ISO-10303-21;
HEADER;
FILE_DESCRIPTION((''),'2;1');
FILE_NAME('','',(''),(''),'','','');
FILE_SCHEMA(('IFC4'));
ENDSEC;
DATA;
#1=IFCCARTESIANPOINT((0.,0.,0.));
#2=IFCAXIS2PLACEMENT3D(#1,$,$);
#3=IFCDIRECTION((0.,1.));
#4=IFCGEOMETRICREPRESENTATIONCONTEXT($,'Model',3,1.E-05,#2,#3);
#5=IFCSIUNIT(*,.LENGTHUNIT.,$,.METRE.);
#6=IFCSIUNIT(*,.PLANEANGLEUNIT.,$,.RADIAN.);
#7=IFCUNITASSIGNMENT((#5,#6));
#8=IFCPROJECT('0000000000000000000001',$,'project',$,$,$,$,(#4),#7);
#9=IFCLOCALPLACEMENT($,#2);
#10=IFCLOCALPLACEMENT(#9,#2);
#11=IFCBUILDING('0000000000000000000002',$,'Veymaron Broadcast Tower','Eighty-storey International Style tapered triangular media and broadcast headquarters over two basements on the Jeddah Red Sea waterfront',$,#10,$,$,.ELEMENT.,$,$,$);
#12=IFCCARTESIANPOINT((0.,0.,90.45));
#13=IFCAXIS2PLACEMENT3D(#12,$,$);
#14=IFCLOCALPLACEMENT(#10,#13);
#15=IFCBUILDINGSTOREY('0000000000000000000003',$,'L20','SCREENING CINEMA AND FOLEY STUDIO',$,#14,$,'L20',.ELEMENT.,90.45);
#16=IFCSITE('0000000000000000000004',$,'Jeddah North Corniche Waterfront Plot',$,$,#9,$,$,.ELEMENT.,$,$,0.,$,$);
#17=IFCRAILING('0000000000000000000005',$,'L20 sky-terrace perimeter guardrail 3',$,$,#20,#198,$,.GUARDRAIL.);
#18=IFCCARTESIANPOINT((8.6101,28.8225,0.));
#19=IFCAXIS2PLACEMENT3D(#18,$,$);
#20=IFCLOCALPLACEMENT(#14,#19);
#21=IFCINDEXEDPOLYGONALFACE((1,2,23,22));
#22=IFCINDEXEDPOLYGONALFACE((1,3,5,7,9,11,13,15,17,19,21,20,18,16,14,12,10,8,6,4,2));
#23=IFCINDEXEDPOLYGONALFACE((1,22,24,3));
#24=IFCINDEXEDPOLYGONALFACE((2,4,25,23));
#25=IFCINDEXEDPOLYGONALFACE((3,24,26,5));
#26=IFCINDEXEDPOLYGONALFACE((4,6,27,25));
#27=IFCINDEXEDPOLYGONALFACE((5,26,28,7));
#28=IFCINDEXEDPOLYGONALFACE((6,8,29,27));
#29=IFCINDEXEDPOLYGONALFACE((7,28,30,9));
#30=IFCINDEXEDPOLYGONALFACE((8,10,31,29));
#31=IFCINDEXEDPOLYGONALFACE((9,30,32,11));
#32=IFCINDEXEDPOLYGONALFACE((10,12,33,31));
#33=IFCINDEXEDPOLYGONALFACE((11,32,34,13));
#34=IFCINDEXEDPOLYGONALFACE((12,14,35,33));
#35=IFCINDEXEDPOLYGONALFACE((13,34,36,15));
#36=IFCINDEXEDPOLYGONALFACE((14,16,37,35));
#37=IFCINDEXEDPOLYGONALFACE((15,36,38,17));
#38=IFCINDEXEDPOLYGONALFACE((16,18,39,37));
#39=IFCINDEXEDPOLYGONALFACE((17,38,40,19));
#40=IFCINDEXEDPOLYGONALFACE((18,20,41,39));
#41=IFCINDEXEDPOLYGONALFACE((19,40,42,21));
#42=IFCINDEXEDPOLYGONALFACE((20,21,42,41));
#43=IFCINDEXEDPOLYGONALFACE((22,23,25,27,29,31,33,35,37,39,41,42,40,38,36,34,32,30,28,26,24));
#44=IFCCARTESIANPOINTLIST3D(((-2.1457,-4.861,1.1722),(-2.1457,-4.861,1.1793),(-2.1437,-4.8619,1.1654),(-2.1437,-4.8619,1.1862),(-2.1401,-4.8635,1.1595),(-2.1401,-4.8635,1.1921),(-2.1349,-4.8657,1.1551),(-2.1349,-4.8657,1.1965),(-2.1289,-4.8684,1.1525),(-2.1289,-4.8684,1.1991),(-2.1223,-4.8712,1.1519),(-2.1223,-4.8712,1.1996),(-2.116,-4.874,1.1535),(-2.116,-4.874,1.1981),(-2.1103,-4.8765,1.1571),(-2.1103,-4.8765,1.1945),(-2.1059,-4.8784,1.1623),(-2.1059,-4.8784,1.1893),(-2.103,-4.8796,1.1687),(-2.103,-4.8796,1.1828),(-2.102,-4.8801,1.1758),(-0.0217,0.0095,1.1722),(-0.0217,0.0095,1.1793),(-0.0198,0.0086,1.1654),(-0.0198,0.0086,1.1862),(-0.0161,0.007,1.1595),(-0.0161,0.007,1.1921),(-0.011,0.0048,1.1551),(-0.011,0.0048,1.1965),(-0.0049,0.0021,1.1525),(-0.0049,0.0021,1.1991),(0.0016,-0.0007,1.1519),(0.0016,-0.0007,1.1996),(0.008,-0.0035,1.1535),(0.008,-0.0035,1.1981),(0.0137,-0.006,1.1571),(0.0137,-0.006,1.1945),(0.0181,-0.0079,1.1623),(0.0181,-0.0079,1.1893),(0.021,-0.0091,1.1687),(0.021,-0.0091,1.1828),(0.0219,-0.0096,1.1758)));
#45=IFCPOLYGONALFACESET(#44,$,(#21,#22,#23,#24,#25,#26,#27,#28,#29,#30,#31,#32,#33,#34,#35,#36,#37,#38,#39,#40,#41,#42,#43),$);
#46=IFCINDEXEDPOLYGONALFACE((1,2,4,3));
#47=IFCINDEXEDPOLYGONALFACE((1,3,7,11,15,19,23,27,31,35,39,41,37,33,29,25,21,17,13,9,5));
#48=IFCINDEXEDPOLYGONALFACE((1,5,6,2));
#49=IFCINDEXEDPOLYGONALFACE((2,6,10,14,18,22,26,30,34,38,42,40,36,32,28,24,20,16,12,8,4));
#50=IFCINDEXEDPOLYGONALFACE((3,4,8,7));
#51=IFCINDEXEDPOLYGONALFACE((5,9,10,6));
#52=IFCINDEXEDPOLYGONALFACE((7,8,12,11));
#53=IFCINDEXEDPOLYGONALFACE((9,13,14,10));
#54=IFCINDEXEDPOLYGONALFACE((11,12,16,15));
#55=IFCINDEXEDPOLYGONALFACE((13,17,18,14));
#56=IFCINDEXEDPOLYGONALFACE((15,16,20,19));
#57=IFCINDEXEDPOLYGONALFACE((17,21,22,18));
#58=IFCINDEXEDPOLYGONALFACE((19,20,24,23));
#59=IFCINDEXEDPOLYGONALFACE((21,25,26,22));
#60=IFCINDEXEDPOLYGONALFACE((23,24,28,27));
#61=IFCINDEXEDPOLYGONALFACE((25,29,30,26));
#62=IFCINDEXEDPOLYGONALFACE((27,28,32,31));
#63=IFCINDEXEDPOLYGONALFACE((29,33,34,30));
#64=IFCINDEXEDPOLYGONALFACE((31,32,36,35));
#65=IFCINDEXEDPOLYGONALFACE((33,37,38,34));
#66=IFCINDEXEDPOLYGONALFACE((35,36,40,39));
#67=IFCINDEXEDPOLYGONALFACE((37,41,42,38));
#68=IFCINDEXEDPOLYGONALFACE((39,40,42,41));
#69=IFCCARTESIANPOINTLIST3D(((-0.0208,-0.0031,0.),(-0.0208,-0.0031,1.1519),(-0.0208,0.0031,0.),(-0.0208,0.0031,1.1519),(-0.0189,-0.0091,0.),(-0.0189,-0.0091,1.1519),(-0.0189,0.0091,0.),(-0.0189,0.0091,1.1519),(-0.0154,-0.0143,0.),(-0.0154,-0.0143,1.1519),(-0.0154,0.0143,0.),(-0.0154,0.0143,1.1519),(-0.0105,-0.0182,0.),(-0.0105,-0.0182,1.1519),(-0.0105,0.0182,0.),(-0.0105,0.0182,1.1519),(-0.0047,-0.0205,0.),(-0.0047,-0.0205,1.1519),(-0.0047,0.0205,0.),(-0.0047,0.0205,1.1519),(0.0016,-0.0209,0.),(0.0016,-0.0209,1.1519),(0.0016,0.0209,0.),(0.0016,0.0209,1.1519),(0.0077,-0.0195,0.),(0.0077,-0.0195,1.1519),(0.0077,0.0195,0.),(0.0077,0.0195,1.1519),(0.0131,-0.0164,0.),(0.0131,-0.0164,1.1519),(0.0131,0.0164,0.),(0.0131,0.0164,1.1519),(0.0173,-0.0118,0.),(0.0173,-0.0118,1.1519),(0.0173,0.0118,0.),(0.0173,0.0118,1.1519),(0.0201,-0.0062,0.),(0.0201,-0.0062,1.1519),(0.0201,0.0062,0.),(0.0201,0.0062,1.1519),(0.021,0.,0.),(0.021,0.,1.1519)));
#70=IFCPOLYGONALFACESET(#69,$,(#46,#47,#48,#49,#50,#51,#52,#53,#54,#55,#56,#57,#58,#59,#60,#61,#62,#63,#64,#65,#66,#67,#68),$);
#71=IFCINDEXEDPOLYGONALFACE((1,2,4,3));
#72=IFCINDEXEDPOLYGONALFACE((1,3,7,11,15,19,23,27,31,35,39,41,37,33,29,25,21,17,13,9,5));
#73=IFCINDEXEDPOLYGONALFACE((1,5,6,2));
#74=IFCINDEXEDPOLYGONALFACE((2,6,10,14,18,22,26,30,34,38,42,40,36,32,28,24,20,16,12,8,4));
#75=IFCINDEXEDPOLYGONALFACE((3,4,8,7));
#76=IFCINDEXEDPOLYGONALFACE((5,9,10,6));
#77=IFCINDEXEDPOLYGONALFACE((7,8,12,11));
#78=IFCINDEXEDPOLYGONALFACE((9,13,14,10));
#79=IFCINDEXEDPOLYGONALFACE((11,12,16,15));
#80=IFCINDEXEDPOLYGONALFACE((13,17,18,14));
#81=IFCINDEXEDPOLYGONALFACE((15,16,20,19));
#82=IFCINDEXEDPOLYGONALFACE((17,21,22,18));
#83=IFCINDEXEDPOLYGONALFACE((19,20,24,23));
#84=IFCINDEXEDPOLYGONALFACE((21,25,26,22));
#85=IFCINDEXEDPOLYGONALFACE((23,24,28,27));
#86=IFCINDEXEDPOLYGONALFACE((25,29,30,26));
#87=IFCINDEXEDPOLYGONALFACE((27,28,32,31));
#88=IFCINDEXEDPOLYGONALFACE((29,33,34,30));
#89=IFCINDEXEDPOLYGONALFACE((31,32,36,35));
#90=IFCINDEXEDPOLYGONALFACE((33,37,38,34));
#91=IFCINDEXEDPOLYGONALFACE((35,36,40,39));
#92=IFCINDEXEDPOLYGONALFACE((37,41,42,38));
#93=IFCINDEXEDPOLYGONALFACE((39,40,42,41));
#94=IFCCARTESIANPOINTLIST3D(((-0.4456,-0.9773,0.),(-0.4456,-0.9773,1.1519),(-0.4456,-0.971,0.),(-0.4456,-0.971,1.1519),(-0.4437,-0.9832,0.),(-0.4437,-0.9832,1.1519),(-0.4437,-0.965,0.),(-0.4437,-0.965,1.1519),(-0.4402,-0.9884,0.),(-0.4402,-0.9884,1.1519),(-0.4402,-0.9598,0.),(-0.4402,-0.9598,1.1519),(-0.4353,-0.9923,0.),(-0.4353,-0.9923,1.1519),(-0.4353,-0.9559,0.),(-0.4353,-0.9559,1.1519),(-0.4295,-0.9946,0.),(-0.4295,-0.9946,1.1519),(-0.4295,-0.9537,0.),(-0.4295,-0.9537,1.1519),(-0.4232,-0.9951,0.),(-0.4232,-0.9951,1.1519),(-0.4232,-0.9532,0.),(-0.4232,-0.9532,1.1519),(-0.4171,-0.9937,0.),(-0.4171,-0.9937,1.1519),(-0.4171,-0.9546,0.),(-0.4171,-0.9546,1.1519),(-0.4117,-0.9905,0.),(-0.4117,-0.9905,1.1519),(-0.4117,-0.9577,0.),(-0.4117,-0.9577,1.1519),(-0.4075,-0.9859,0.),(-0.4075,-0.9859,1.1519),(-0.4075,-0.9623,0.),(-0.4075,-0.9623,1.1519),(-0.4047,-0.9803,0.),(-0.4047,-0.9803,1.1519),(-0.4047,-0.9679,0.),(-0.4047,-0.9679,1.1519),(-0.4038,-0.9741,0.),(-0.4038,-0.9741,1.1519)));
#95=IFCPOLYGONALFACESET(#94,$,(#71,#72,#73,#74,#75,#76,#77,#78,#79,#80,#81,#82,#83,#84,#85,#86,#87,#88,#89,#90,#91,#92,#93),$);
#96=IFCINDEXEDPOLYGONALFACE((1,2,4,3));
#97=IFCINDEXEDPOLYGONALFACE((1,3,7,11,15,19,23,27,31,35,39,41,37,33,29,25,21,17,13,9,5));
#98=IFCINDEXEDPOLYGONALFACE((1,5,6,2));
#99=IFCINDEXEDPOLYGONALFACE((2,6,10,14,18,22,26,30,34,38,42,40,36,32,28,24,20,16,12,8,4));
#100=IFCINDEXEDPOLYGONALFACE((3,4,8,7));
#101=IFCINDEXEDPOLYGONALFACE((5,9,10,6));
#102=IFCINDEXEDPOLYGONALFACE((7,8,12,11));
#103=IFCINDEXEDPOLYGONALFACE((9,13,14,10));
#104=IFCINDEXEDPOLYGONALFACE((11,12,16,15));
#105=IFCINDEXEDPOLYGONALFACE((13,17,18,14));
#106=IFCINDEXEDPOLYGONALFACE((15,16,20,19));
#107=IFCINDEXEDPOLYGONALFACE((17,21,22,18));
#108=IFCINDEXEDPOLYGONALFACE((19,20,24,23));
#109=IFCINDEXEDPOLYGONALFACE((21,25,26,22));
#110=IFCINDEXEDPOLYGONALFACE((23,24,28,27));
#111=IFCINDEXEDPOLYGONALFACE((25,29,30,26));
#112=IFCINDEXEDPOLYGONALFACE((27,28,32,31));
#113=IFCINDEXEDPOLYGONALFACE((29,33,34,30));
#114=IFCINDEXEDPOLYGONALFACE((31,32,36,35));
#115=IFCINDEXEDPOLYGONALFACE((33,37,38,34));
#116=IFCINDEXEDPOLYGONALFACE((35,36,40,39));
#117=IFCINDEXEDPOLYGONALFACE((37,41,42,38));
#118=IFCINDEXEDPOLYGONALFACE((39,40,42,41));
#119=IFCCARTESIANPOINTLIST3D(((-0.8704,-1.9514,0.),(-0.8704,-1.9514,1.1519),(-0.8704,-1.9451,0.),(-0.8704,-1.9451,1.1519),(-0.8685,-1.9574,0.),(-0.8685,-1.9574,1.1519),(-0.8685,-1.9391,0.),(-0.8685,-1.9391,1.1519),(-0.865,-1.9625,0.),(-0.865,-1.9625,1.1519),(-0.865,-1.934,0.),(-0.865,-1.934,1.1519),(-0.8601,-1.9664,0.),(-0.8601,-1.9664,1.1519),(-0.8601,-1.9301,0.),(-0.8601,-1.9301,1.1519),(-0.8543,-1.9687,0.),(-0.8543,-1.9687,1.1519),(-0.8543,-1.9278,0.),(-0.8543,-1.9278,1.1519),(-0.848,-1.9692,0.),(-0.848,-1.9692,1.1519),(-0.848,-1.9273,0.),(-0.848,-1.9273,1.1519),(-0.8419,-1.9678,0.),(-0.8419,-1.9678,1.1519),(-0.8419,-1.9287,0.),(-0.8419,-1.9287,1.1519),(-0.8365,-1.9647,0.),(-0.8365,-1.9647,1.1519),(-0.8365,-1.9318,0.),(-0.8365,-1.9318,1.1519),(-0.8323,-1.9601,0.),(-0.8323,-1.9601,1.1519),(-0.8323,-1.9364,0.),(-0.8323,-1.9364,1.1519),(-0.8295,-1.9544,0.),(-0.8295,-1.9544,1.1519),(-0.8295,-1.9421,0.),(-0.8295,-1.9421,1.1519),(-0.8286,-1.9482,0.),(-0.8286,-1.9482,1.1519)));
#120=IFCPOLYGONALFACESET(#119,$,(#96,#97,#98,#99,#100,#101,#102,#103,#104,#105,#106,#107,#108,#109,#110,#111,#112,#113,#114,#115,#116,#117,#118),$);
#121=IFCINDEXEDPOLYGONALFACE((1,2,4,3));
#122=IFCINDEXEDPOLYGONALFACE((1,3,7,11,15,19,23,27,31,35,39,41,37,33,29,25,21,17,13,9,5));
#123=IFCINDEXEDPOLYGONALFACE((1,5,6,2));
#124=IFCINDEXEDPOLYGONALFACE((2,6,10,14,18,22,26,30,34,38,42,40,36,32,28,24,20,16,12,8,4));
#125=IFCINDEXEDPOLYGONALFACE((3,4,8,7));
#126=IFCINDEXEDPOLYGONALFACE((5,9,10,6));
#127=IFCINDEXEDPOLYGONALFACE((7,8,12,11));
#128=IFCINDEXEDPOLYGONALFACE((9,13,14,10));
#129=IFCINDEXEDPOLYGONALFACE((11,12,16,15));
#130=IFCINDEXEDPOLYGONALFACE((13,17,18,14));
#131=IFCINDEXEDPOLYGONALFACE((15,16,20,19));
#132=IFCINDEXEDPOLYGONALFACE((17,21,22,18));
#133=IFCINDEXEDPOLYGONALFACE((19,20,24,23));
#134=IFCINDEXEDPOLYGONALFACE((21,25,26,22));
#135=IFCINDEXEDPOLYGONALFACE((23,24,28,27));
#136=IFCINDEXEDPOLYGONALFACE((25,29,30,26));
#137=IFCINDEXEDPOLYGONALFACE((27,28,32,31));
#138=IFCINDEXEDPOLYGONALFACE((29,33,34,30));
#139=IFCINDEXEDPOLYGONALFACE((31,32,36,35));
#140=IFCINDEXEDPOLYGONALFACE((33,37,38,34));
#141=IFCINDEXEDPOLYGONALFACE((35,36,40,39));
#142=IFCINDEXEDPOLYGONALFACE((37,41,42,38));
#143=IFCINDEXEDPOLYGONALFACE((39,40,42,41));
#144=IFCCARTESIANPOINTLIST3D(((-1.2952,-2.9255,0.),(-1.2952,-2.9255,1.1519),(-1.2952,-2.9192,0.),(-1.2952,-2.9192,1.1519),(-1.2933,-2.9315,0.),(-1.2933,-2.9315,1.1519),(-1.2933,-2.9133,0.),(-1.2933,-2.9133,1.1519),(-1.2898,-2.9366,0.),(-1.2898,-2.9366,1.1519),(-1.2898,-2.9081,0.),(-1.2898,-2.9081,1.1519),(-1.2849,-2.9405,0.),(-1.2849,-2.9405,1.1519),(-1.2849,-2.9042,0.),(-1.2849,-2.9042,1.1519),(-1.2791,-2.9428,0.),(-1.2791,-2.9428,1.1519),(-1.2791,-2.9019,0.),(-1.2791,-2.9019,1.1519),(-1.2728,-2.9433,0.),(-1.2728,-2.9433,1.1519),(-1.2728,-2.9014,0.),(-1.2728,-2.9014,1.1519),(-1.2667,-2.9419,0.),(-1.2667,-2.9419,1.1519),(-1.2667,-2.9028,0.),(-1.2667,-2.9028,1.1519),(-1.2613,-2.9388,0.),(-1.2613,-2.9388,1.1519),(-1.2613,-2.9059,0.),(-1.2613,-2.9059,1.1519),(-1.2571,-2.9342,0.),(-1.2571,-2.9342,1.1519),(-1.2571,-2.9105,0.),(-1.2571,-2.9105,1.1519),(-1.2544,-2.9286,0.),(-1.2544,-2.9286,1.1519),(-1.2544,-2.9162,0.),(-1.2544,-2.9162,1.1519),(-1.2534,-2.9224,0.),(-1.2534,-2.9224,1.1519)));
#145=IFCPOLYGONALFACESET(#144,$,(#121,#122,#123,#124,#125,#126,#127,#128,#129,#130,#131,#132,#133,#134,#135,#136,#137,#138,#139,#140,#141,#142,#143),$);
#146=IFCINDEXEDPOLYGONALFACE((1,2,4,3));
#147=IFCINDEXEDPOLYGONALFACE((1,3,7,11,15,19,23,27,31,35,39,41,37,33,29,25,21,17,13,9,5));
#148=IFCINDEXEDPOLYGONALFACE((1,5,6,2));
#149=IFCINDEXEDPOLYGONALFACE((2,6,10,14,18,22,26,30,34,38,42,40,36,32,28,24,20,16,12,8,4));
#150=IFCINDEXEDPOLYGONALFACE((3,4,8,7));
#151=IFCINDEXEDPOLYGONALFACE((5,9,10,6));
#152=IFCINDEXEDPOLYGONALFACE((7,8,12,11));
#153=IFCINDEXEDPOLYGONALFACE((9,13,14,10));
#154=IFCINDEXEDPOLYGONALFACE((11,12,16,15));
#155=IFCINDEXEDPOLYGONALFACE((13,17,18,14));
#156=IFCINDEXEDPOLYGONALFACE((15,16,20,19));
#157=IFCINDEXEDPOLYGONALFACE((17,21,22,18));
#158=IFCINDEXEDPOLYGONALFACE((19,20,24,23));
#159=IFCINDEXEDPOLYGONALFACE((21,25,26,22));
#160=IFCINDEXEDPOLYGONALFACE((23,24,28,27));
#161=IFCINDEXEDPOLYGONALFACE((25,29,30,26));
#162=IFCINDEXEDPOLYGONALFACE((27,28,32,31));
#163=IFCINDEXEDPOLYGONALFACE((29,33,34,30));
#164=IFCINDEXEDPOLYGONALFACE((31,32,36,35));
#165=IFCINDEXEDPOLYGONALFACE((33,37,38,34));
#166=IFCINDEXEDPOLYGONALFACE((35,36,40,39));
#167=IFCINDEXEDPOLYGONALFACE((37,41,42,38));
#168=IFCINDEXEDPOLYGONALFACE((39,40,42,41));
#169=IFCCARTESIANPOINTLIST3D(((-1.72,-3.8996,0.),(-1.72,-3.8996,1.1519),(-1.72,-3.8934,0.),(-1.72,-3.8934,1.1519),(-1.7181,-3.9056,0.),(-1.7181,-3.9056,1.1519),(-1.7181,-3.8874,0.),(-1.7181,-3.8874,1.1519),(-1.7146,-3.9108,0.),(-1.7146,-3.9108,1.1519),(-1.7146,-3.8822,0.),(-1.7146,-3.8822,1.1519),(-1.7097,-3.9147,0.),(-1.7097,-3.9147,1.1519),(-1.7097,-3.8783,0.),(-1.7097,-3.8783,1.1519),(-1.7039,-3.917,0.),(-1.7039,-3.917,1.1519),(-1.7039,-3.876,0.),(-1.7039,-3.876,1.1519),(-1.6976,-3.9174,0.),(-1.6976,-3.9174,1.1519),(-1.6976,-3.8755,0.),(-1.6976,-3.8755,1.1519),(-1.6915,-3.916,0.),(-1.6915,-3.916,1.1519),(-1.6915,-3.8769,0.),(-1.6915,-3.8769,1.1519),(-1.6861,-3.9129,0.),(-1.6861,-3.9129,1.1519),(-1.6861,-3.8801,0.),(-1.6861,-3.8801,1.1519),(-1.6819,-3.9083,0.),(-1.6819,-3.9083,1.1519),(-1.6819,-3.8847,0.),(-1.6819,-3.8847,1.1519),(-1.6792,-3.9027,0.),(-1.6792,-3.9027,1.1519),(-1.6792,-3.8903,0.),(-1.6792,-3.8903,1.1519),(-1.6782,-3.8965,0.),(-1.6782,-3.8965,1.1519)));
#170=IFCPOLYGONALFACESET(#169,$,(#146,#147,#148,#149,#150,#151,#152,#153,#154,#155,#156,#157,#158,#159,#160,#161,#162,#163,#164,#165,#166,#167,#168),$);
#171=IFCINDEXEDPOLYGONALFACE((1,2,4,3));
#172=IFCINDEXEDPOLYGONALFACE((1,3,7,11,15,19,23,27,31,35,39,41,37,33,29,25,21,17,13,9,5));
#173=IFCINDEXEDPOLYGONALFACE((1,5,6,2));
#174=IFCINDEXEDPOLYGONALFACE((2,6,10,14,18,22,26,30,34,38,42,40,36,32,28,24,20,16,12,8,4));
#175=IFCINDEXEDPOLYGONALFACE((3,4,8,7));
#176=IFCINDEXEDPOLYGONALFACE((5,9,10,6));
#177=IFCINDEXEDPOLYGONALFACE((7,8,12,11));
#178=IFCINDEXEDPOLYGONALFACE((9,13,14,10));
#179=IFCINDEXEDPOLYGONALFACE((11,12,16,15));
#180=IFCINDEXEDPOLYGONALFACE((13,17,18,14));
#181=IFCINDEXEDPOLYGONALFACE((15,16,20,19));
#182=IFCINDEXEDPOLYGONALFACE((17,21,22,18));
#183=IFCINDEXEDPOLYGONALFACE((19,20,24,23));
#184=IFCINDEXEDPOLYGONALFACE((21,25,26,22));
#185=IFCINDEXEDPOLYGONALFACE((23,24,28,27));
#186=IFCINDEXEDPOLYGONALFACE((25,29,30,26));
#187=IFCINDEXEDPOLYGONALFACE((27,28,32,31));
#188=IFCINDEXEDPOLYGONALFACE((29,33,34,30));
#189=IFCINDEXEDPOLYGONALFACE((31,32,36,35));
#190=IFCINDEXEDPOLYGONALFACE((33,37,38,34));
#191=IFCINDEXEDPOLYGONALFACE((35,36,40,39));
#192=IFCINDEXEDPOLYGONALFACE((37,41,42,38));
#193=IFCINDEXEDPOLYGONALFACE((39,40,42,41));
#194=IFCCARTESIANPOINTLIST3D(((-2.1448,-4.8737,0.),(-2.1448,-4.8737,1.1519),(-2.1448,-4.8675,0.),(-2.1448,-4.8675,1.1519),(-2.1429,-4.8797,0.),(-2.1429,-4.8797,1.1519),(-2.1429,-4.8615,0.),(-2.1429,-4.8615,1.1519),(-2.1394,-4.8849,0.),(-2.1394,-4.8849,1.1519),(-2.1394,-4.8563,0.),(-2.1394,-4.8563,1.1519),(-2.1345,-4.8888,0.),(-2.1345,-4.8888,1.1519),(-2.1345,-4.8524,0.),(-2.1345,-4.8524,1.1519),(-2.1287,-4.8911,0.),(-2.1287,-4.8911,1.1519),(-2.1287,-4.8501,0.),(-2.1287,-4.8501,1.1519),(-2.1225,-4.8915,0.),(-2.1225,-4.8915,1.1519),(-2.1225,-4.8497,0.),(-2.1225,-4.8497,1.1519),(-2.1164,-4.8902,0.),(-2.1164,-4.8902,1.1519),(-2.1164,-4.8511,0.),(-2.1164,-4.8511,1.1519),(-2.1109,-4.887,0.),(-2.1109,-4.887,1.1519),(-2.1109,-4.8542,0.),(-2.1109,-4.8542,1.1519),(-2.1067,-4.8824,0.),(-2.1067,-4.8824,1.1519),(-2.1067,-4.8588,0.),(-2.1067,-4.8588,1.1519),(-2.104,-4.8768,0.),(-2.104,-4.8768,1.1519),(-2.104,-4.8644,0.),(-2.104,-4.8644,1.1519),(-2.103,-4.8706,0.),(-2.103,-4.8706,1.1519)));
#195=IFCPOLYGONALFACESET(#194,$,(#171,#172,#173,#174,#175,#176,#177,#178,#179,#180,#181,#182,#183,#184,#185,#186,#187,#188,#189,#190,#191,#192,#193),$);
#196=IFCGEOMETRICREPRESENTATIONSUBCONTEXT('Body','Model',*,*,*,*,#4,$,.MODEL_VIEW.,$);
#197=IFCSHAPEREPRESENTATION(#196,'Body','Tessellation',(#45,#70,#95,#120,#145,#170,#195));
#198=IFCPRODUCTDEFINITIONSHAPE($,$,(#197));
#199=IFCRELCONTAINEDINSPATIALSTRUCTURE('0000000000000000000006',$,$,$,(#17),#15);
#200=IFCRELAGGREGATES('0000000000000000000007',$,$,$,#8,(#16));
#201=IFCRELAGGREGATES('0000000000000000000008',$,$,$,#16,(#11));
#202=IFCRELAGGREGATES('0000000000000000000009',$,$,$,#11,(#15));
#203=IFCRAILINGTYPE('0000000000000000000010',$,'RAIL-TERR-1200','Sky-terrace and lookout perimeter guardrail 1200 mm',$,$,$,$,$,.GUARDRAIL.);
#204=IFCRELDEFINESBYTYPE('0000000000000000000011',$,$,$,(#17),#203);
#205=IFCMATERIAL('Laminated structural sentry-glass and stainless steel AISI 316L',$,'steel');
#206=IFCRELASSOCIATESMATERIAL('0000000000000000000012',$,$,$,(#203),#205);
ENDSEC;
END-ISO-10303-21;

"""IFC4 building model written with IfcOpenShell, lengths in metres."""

from ifc_helpers import new_model, si_unit, direction, frame, origin, origin_2d, place, context, subcontext, project, spatial, circle, extrude, material, type_object, element, save


model = new_model("IFC4")

# Units and contexts
model_context = context("Model", 3, precision=1e-05, world=origin(), true_north=direction((0.0, 1.0)))
body_context = subcontext(model_context, "Body", "Model", "MODEL_VIEW")
ifc_project = project(units=[si_unit("LENGTHUNIT", "METRE"), si_unit("PLANEANGLEUNIT", "RADIAN")], contexts=[model_context])

# Site, building, storey
site_placement = place(None, origin())
site = spatial("IfcSite", under=ifc_project, at=site_placement, Name="Jeddah North Corniche Waterfront Plot", CompositionType="ELEMENT", RefElevation=0.0)
building_placement = place(site_placement, origin())
building = spatial("IfcBuilding", under=site, at=building_placement, Name="Veymaron Broadcast Tower", Description="Eighty-storey International Style tapered triangular media and broadcast headquarters over two basements on the Jeddah Red Sea waterfront", CompositionType="ELEMENT")
storey_placement = place(building_placement, frame((0.0, 0.0, 90.45)))
storey = spatial("IfcBuildingStorey", under=building, at=storey_placement, Name="L20", Description="SCREENING CINEMA AND FOLEY STUDIO", LongName="L20", CompositionType="ELEMENT", Elevation=90.45)

# Railing
ifc_material_1 = material(Name="Laminated structural sentry-glass and stainless steel AISI 316L", Category="steel")
railing_type = type_object("IfcRailingType", Name="RAIL-TERR-1200", Description="Sky-terrace and lookout perimeter guardrail 1200 mm", PredefinedType="GUARDRAIL", material=ifc_material_1)
railing_1_placement = place(storey_placement, frame((8.6101, 28.8225, 0.0)))
element("IfcRailing", 1, at=railing_1_placement, inside=storey, type_object=railing_type, Name="L20 sky-terrace perimeter guardrail 3", PredefinedType="GUARDRAIL", context=body_context, shape_type="SweptSolid", body=[
    extrude(circle(Radius=0.0239, at=origin_2d()), frame((0.0, 0.0, 1.1758), z_axis=(-0.399734, -0.916631, 0.0), x_axis=(0.916631, -0.399734, 0.0)), (0.0, 0.0, 1.0), 5.3135),
    extrude(circle(Radius=0.021, at=origin_2d()), origin(), (0.0, 0.0, 1.0), 1.1519),
    extrude(circle(Radius=0.021, at=origin_2d()), frame((-0.4248, -0.9741, 0.0)), (0.0, 0.0, 1.0), 1.1519),
    extrude(circle(Radius=0.021, at=origin_2d()), frame((-0.8496, -1.9482, 0.0)), (0.0, 0.0, 1.0), 1.1519),
    extrude(circle(Radius=0.021, at=origin_2d()), frame((-1.2744, -2.9224, 0.0)), (0.0, 0.0, 1.0), 1.1519),
    extrude(circle(Radius=0.021, at=origin_2d()), frame((-1.6992, -3.8965, 0.0)), (0.0, 0.0, 1.0), 1.1519),
    extrude(circle(Radius=0.021, at=origin_2d()), frame((-2.124, -4.8706, 0.0)), (0.0, 0.0, 1.0), 1.1519),
])

save(model, "model.ifc")
